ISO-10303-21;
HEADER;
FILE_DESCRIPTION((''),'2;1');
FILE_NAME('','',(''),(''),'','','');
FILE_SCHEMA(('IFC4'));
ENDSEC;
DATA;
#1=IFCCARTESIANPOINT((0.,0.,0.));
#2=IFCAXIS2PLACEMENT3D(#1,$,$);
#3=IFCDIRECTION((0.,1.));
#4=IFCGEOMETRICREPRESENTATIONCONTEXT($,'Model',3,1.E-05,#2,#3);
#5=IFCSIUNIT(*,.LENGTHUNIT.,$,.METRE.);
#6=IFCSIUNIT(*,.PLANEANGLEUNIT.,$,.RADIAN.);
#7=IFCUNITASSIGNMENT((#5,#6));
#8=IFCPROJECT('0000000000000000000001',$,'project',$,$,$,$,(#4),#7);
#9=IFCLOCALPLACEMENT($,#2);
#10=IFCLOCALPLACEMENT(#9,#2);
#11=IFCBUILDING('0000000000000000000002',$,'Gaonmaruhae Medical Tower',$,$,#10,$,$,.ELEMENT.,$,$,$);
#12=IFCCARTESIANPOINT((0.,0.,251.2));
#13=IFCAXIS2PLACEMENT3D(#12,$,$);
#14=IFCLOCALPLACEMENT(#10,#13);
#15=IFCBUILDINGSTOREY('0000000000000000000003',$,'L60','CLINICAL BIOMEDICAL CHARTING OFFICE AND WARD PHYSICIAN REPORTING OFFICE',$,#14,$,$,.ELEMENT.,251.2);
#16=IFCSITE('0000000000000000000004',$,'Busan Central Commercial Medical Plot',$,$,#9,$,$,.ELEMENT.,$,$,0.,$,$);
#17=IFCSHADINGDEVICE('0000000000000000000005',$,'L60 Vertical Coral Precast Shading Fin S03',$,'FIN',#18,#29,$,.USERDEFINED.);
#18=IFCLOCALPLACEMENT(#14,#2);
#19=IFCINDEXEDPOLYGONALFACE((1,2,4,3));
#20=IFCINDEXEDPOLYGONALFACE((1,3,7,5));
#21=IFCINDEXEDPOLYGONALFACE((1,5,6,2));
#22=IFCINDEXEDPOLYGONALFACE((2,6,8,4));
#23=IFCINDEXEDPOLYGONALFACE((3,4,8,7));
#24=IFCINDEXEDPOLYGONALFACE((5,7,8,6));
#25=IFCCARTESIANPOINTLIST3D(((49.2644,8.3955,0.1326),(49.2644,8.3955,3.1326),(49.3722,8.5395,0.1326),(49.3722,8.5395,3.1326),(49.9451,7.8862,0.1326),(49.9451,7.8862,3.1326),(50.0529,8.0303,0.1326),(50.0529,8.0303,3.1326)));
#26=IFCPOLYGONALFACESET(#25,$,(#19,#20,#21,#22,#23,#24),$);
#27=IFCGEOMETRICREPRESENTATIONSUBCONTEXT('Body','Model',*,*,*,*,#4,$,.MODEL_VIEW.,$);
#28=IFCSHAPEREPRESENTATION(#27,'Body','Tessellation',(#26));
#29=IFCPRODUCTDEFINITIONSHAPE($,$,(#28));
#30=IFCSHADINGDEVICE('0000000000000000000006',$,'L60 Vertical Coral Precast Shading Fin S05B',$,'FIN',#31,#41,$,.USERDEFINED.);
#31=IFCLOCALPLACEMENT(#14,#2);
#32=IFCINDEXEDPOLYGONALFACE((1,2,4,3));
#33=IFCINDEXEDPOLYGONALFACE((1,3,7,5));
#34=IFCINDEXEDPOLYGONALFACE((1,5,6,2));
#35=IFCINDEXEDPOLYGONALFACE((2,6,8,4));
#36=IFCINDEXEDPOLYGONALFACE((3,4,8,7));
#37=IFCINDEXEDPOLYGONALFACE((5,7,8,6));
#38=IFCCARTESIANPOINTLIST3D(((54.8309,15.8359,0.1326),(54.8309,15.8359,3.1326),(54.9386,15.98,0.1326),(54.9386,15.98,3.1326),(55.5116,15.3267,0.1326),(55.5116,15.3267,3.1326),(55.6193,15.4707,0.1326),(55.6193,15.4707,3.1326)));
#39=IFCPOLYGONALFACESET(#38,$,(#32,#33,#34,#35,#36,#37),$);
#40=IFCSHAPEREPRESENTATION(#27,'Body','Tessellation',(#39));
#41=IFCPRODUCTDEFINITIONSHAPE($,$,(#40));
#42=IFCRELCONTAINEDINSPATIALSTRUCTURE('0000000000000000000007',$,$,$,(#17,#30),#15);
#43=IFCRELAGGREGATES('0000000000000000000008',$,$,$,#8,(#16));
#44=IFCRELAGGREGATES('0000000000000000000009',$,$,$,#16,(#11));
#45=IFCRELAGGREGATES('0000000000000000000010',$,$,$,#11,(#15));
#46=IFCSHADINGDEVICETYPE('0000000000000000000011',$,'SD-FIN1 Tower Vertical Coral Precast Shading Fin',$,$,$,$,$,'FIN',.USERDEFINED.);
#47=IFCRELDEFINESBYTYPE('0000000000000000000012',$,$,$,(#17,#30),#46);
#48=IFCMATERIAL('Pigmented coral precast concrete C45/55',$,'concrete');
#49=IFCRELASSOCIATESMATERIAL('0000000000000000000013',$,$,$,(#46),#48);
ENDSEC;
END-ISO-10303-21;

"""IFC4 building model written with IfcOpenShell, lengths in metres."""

from ifc_helpers import new_model, si_unit, direction, frame, origin, origin_2d, place, context, subcontext, project, spatial, rectangle, extrude, material, type_object, element, save


model = new_model("IFC4")

# Units and contexts
model_context = context("Model", 3, precision=1e-05, world=origin(), true_north=direction((0.0, 1.0)))
body_context = subcontext(model_context, "Body", "Model", "MODEL_VIEW")
ifc_project = project(units=[si_unit("LENGTHUNIT", "METRE"), si_unit("PLANEANGLEUNIT", "RADIAN")], contexts=[model_context])

# Site, building, storey
site_placement = place(None, origin())
site = spatial("IfcSite", under=ifc_project, at=site_placement, Name="Busan Central Commercial Medical Plot", CompositionType="ELEMENT", RefElevation=0.0)
building_placement = place(site_placement, origin())
building = spatial("IfcBuilding", under=site, at=building_placement, Name="Gaonmaruhae Medical Tower", CompositionType="ELEMENT")
storey_placement = place(building_placement, frame((0.0, 0.0, 251.2)))
storey = spatial("IfcBuildingStorey", under=building, at=storey_placement, Name="L60", Description="CLINICAL BIOMEDICAL CHARTING OFFICE AND WARD PHYSICIAN REPORTING OFFICE", CompositionType="ELEMENT", Elevation=251.2)

# Shading devices
ifc_material_1 = material(Name="Pigmented coral precast concrete C45/55", Category="concrete")
shading_device_type = type_object("IfcShadingDeviceType", Name="SD-FIN1 Tower Vertical Coral Precast Shading Fin", ElementType="FIN", PredefinedType="USERDEFINED", material=ifc_material_1)
for number, where, z_axis, x_axis, name in (
    (1, (49.6587, 8.2129, 0.1326), (0.0, 0.0, 1.0), (-0.599024, -0.800731, 0.0), "L60 Vertical Coral Precast Shading Fin S03"),
    (2, (55.2251, 15.6533, 0.1326), (0.0, 0.0, 1.0), (-0.599024, -0.800731, 0.0), "L60 Vertical Coral Precast Shading Fin S05B"),
):
    element("IfcShadingDevice", number, at=place(storey_placement, frame(where, z_axis=z_axis, x_axis=x_axis)), inside=storey, type_object=shading_device_type, Name=name, ObjectType="FIN", PredefinedType="USERDEFINED", context=body_context, shape_type="SweptSolid", body=[
        extrude(rectangle(XDim=0.1799, YDim=0.8501, at=origin_2d()), origin(), (0.0, 0.0, 1.0), 3.0),
    ])

save(model, "model.ifc")
